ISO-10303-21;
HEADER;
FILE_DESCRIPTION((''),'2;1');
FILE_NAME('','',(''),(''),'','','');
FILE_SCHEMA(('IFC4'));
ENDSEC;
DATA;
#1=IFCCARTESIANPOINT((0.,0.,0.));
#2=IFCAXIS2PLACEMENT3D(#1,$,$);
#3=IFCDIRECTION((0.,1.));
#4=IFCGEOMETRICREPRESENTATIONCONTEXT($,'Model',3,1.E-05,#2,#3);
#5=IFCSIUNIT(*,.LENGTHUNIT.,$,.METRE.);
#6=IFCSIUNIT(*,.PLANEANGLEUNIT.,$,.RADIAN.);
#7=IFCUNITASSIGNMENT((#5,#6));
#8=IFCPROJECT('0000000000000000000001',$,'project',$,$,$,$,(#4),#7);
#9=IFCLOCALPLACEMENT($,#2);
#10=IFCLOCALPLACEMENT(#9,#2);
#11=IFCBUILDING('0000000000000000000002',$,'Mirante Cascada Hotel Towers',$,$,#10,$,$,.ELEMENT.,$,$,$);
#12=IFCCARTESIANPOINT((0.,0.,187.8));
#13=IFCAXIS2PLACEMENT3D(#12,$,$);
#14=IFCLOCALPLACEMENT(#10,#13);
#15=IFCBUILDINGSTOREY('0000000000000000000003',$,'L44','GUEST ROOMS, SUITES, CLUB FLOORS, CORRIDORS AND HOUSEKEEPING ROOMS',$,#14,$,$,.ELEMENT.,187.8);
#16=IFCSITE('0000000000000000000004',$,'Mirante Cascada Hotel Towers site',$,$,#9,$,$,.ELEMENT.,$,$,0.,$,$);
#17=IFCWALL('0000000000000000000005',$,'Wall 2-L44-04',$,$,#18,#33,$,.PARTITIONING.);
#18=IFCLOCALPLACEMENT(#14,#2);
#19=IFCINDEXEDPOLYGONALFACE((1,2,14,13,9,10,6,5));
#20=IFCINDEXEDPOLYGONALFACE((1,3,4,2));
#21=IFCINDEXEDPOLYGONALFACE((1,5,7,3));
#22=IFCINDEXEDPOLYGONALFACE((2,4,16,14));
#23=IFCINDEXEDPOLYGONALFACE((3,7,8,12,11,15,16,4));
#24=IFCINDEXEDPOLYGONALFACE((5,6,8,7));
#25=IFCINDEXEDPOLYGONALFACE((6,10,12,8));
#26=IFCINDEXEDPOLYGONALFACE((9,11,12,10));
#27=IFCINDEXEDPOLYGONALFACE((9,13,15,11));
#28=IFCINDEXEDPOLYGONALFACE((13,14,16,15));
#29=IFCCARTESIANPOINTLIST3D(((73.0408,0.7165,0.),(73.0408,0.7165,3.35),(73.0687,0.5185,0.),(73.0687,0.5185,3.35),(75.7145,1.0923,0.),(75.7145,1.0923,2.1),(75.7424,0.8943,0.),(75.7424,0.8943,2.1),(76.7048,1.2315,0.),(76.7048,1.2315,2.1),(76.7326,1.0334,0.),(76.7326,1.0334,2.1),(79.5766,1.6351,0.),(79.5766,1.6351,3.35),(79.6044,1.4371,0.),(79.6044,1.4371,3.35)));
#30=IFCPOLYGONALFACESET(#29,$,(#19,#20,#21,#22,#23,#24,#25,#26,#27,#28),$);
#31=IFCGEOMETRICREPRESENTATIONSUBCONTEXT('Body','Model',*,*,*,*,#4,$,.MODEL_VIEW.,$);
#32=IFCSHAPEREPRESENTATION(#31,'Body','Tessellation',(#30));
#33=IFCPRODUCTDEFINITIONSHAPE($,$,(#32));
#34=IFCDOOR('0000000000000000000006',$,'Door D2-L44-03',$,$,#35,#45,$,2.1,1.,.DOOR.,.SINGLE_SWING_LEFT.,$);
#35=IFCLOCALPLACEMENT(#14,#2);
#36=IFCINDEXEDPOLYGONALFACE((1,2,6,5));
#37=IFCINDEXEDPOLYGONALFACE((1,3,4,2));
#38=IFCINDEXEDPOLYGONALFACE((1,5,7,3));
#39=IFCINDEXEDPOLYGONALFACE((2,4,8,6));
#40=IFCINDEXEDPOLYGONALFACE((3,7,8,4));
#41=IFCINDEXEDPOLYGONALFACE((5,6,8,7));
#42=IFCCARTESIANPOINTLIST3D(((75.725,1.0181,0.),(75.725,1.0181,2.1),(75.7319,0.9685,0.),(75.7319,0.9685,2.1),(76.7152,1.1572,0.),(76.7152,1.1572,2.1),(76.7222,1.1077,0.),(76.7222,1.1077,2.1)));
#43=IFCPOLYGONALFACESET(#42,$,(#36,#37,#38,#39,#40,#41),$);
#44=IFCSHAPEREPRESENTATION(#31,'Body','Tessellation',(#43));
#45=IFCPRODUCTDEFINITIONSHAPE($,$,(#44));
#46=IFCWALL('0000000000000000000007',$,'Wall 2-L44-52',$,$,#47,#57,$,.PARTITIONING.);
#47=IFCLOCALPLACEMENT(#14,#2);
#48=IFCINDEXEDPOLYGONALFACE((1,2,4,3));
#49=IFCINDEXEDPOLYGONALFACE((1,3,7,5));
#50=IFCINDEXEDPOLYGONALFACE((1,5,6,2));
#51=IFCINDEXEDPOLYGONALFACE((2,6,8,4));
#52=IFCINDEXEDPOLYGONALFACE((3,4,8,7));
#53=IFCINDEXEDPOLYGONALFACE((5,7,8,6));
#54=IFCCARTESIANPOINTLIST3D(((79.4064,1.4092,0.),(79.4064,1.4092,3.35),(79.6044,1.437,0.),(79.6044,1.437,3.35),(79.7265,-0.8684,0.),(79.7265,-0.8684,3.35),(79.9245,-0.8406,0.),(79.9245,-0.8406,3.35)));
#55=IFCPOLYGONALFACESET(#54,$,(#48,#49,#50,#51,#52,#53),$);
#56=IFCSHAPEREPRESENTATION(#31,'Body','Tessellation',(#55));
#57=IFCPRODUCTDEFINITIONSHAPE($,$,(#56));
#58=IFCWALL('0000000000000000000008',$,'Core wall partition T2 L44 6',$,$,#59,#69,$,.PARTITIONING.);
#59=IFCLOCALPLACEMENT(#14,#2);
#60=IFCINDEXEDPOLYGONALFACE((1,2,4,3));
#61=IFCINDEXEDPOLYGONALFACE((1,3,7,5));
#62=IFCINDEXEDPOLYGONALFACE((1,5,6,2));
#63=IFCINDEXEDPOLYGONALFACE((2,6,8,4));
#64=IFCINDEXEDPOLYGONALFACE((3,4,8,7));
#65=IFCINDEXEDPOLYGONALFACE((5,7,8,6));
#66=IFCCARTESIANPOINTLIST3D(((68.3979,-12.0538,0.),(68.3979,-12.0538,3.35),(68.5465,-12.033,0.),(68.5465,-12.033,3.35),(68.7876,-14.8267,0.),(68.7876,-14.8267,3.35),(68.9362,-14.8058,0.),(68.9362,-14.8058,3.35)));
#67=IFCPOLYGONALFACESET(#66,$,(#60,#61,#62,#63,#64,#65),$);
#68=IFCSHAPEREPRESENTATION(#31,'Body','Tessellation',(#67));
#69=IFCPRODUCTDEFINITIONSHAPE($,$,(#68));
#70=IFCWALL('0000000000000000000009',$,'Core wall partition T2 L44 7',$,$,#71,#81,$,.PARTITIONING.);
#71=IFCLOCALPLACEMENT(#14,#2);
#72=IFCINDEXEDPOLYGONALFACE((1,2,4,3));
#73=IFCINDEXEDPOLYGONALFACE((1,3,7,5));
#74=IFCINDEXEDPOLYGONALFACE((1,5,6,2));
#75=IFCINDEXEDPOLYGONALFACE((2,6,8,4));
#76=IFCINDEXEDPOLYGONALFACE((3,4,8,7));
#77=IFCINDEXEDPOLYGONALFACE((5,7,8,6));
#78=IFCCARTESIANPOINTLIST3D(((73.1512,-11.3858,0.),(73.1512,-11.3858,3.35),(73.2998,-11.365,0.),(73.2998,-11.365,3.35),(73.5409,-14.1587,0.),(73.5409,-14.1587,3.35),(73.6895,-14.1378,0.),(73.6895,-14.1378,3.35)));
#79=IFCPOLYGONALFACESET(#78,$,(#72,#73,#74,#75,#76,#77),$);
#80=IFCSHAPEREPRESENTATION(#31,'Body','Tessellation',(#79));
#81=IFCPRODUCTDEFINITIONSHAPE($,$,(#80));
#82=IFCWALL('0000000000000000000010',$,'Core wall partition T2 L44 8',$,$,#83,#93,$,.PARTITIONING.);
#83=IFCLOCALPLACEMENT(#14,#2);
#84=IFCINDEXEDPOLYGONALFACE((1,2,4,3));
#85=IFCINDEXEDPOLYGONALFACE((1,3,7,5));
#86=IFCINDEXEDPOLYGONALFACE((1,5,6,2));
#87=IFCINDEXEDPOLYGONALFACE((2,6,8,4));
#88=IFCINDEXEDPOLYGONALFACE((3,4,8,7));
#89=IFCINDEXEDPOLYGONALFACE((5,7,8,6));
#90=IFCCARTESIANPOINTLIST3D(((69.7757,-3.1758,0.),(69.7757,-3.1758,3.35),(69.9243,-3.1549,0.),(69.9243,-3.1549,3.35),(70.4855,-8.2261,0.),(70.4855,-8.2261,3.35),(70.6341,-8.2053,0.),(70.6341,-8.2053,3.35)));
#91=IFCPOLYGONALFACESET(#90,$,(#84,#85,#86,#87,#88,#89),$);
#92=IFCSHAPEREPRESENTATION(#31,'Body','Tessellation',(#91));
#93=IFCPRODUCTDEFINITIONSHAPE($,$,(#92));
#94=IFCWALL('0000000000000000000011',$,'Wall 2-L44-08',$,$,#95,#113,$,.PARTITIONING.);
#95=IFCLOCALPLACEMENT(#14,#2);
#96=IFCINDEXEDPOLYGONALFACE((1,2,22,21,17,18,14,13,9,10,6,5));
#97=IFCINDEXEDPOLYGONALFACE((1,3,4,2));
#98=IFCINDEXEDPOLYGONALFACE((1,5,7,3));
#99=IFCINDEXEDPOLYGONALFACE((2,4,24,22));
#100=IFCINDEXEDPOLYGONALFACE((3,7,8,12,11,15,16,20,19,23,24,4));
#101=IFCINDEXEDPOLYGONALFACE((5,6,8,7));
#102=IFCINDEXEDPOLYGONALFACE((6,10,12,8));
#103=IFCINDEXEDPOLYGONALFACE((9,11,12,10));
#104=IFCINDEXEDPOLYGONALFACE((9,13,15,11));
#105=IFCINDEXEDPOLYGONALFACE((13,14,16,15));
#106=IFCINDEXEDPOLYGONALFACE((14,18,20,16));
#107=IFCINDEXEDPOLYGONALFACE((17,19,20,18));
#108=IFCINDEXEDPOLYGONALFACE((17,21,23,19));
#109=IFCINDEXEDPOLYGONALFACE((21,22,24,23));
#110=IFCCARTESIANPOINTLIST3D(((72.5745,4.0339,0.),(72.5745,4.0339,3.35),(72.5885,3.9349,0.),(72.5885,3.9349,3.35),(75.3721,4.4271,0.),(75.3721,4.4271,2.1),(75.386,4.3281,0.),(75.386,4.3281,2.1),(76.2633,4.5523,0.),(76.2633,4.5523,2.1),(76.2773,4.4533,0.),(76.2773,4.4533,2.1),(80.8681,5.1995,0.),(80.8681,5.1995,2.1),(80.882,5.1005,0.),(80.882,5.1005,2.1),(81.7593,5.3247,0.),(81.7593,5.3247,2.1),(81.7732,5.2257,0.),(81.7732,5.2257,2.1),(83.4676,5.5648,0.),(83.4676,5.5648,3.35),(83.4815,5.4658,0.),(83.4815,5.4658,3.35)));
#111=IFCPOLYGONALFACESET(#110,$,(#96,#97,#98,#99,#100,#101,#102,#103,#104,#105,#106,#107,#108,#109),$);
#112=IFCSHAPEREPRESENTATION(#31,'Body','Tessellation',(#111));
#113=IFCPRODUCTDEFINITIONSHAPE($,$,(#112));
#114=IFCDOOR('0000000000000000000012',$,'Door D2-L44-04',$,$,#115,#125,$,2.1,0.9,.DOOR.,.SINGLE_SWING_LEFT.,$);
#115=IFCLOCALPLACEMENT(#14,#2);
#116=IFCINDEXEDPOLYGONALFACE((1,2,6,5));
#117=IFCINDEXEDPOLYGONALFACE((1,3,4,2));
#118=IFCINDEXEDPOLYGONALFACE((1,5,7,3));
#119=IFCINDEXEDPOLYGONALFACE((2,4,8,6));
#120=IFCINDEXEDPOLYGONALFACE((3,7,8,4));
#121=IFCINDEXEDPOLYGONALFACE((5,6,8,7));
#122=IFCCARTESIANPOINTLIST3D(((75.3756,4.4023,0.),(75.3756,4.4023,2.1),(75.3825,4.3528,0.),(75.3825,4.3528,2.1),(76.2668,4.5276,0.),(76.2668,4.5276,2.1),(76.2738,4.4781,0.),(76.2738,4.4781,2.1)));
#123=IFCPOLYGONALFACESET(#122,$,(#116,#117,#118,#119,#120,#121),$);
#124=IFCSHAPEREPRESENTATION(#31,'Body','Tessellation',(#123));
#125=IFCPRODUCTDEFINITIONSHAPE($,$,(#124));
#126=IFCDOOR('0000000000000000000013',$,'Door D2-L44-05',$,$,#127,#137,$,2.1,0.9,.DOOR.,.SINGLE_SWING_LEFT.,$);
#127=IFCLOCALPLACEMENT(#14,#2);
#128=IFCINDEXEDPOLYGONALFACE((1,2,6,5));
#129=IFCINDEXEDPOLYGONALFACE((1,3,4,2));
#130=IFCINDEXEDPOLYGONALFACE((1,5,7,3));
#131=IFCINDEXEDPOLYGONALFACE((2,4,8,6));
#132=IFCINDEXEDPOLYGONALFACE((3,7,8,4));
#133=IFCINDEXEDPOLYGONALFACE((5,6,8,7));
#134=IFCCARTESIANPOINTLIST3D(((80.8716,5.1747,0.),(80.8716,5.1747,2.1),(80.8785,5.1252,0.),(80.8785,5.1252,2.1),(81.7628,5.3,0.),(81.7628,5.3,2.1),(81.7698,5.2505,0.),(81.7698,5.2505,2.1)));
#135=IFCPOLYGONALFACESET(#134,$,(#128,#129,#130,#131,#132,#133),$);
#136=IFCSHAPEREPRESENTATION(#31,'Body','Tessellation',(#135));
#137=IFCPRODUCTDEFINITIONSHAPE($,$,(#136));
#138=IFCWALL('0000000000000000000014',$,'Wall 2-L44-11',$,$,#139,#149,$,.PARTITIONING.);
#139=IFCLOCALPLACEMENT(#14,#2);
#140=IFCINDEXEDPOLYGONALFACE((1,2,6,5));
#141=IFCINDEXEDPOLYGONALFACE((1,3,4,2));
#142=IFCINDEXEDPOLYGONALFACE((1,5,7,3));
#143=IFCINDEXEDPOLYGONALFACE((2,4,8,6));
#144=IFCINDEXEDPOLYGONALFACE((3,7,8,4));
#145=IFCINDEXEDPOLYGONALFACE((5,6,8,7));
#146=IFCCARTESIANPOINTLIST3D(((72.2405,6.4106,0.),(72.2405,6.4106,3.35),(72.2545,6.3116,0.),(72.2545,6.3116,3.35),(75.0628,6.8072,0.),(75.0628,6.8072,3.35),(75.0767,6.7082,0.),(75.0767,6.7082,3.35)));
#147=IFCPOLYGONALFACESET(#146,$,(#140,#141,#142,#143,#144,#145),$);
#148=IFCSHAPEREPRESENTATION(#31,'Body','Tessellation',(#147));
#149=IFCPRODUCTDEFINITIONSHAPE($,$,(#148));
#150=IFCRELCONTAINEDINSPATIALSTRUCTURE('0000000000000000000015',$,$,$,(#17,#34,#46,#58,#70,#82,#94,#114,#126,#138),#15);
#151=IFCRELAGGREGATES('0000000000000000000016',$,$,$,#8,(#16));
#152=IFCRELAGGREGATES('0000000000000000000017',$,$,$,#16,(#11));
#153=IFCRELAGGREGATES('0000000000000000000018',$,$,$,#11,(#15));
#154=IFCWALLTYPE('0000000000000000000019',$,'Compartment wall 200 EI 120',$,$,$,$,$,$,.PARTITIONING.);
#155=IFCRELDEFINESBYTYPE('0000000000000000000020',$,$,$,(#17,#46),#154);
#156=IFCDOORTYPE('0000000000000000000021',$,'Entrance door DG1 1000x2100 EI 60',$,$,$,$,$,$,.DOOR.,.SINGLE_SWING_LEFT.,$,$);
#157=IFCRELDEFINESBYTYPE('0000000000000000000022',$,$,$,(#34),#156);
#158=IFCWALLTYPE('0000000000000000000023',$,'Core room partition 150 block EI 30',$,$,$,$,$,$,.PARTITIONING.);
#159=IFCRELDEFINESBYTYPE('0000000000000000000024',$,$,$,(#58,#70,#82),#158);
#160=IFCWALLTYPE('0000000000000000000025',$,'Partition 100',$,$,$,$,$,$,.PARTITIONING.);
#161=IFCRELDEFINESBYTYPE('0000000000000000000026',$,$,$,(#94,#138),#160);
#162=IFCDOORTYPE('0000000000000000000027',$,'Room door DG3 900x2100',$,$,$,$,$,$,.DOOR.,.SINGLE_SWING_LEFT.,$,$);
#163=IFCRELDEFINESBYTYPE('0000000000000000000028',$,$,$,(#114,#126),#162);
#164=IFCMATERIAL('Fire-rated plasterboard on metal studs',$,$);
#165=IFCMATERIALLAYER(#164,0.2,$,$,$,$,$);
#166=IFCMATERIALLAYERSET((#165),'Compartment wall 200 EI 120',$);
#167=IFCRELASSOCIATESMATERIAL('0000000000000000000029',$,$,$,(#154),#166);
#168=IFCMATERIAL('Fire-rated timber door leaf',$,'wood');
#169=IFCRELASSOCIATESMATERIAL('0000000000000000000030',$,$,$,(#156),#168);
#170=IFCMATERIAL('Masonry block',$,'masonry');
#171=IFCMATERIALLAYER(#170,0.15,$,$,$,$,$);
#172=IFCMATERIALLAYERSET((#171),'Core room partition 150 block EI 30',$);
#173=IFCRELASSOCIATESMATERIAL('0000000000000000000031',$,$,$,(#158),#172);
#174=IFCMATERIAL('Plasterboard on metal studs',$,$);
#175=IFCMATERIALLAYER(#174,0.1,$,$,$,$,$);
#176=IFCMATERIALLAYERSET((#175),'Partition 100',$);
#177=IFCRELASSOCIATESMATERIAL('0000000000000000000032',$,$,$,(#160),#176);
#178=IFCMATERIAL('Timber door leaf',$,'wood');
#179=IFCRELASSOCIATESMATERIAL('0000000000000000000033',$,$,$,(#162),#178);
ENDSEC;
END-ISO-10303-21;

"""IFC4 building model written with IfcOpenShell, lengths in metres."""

from ifc_helpers import new_model, si_unit, direction, frame, frame_2d, origin, place, context, subcontext, project, spatial, rectangle, extrude, material, layer, layer_set, type_object, element, fill, save


model = new_model("IFC4")

# Units and contexts
model_context = context("Model", 3, precision=1e-05, world=origin(), true_north=direction((0.0, 1.0)))
body_context = subcontext(model_context, "Body", "Model", "MODEL_VIEW")
ifc_project = project(units=[si_unit("LENGTHUNIT", "METRE"), si_unit("PLANEANGLEUNIT", "RADIAN")], contexts=[model_context])

# Site, building, storey
site_placement = place(None, origin())
site = spatial("IfcSite", under=ifc_project, at=site_placement, Name="Mirante Cascada Hotel Towers site", CompositionType="ELEMENT", RefElevation=0.0)
building_placement = place(site_placement, origin())
building = spatial("IfcBuilding", under=site, at=building_placement, Name="Mirante Cascada Hotel Towers", CompositionType="ELEMENT")
storey_placement = place(building_placement, frame((0.0, 0.0, 187.8)))
storey = spatial("IfcBuildingStorey", under=building, at=storey_placement, Name="L44", Description="GUEST ROOMS, SUITES, CLUB FLOORS, CORRIDORS AND HOUSEKEEPING ROOMS", CompositionType="ELEMENT", Elevation=187.8)

# Wall, opening, door
ifc_material_1 = material(Name="Fire-rated plasterboard on metal studs")
ifc_layer_1 = layer(ifc_material_1, 0.2)
ifc_layer_set_1 = layer_set([ifc_layer_1], Name="Compartment wall 200 EI 120")
wall_type_1 = type_object("IfcWallType", Name="Compartment wall 200 EI 120", PredefinedType="PARTITIONING", material=ifc_layer_set_1)
wall_1_placement = place(storey_placement, frame((79.5905, 1.5361, 0.0), z_axis=(0.0, 0.0, 1.0), x_axis=(-0.990267, -0.139181, 0.0)))
wall_1 = element("IfcWall", 1, at=wall_1_placement, inside=storey, type_object=wall_type_1, Name="Wall 2-L44-04", PredefinedType="PARTITIONING", context=body_context, shape_type="SweptSolid", body=[
    extrude(rectangle(XDim=6.6, YDim=0.2, at=frame_2d((3.3, 0.0))), origin(), (0.0, 0.0, 1.0), 3.35),
])
opening_1_placement = place(wall_1_placement, frame((2.9, 0.0, 0.0)))
opening_1 = element("IfcOpeningElement", 2, at=opening_1_placement, cuts=wall_1, PredefinedType="OPENING", context=body_context, shape_type="SweptSolid", body=[
    extrude(rectangle(XDim=1.0, YDim=2.1, at=frame_2d((0.5, 1.05))), frame((0.0, 0.1, 0.0), z_axis=(0.0, -1.0, 0.0), x_axis=(1.0, 0.0, 0.0)), (0.0, 0.0, 1.0), 0.2),
])
ifc_material_2 = material(Name="Fire-rated timber door leaf", Category="wood")
door_type_1 = type_object("IfcDoorType", Name="Entrance door DG1 1000x2100 EI 60", OperationType="SINGLE_SWING_LEFT", PredefinedType="DOOR", material=ifc_material_2)
door_1_placement = place(opening_1_placement, origin())
door_1 = element("IfcDoor", 3, at=door_1_placement, inside=storey, type_object=door_type_1, Name="Door D2-L44-03", OperationType="SINGLE_SWING_LEFT", OverallHeight=2.1, OverallWidth=1.0, PredefinedType="DOOR", context=body_context, shape_type="SweptSolid", body=[
    extrude(rectangle(XDim=1.0, YDim=2.1, at=frame_2d((0.5, 1.05))), frame((0.0, 0.025, 0.0), z_axis=(0.0, -1.0, 0.0), x_axis=(1.0, 0.0, 0.0)), (0.0, 0.0, 1.0), 0.05),
])
fill(opening_1, door_1)

# Walls
wall_2_placement = place(storey_placement, frame((79.5054, 1.4231, 0.0), z_axis=(0.0, 0.0, 1.0), x_axis=(0.139175, -0.990268, 0.0)))
element("IfcWall", 4, at=wall_2_placement, inside=storey, type_object=wall_type_1, Name="Wall 2-L44-52", PredefinedType="PARTITIONING", context=body_context, shape_type="SweptSolid", body=[
    extrude(rectangle(XDim=2.3, YDim=0.2, at=frame_2d((1.15, 0.0))), origin(), (0.0, 0.0, 1.0), 3.35),
])
ifc_material_3 = material(Name="Masonry block", Category="masonry")
ifc_layer_2 = layer(ifc_material_3, 0.15)
ifc_layer_set_2 = layer_set([ifc_layer_2], Name="Core room partition 150 block EI 30")
wall_type_2 = type_object("IfcWallType", Name="Core room partition 150 block EI 30", PredefinedType="PARTITIONING", material=ifc_layer_set_2)
for number, where, z_axis, x_axis, name in (
    (5, (68.8619, -14.8162, 0.0), (0.0, 0.0, 1.0), (-0.139176, 0.990268, 0.0), "Core wall partition T2 L44 6"),
    (6, (73.6152, -14.1482, 0.0), (0.0, 0.0, 1.0), (-0.139176, 0.990268, 0.0), "Core wall partition T2 L44 7"),
):
    element("IfcWall", number, at=place(storey_placement, frame(where, z_axis=z_axis, x_axis=x_axis)), inside=storey, type_object=wall_type_2, Name=name, PredefinedType="PARTITIONING", context=body_context, shape_type="SweptSolid", body=[
        extrude(rectangle(XDim=2.8001, YDim=0.15, at=frame_2d((1.4, 0.0))), origin(), (0.0, 0.0, 1.0), 3.35),
    ])
wall_3_placement = place(storey_placement, frame((70.5598, -8.2157, 0.0), z_axis=(0.0, 0.0, 1.0), x_axis=(-0.139176, 0.990268, 0.0)))
element("IfcWall", 7, at=wall_3_placement, inside=storey, type_object=wall_type_2, Name="Core wall partition T2 L44 8", PredefinedType="PARTITIONING", context=body_context, shape_type="SweptSolid", body=[
    extrude(rectangle(XDim=5.1, YDim=0.15, at=frame_2d((2.55, 0.0))), origin(), (0.0, 0.0, 1.0), 3.35),
])

# Wall, openings, doors
ifc_material_4 = material(Name="Plasterboard on metal studs")
ifc_layer_3 = layer(ifc_material_4, 0.1)
ifc_layer_set_3 = layer_set([ifc_layer_3], Name="Partition 100")
wall_type_3 = type_object("IfcWallType", Name="Partition 100", PredefinedType="PARTITIONING", material=ifc_layer_set_3)
wall_4_placement = place(storey_placement, frame((83.4745, 5.5153, 0.0), z_axis=(0.0, 0.0, 1.0), x_axis=(-0.990268, -0.139172, 0.0)))
wall_4 = element("IfcWall", 8, at=wall_4_placement, inside=storey, type_object=wall_type_3, Name="Wall 2-L44-08", PredefinedType="PARTITIONING", context=body_context, shape_type="SweptSolid", body=[
    extrude(rectangle(XDim=11.0001, YDim=0.1, at=frame_2d((5.5, 0.0))), origin(), (0.0, 0.0, 1.0), 3.35),
])
opening_2_placement = place(wall_4_placement, frame((7.275, 0.0, 0.0)))
opening_2 = element("IfcOpeningElement", 9, at=opening_2_placement, cuts=wall_4, PredefinedType="OPENING", context=body_context, shape_type="SweptSolid", body=[
    extrude(rectangle(XDim=0.9, YDim=2.1, at=frame_2d((0.45, 1.05))), frame((0.0, 0.05, 0.0), z_axis=(0.0, -1.0, 0.0), x_axis=(1.0, 0.0, 0.0)), (0.0, 0.0, 1.0), 0.1),
])
opening_3_placement = place(wall_4_placement, frame((1.725, 0.0, 0.0)))
opening_3 = element("IfcOpeningElement", 10, at=opening_3_placement, cuts=wall_4, PredefinedType="OPENING", context=body_context, shape_type="SweptSolid", body=[
    extrude(rectangle(XDim=0.9, YDim=2.1, at=frame_2d((0.45, 1.05))), frame((0.0, 0.05, 0.0), z_axis=(0.0, -1.0, 0.0), x_axis=(1.0, 0.0, 0.0)), (0.0, 0.0, 1.0), 0.1),
])
ifc_material_5 = material(Name="Timber door leaf", Category="wood")
door_type_2 = type_object("IfcDoorType", Name="Room door DG3 900x2100", OperationType="SINGLE_SWING_LEFT", PredefinedType="DOOR", material=ifc_material_5)
door_2_placement = place(opening_2_placement, origin())
door_2 = element("IfcDoor", 11, at=door_2_placement, inside=storey, type_object=door_type_2, Name="Door D2-L44-04", OperationType="SINGLE_SWING_LEFT", OverallHeight=2.1, OverallWidth=0.9, PredefinedType="DOOR", context=body_context, shape_type="SweptSolid", body=[
    extrude(rectangle(XDim=0.9, YDim=2.1, at=frame_2d((0.45, 1.05))), frame((0.0, 0.025, 0.0), z_axis=(0.0, -1.0, 0.0), x_axis=(1.0, 0.0, 0.0)), (0.0, 0.0, 1.0), 0.05),
])
fill(opening_2, door_2)
door_3_placement = place(opening_3_placement, origin())
door_3 = element("IfcDoor", 12, at=door_3_placement, inside=storey, type_object=door_type_2, Name="Door D2-L44-05", OperationType="SINGLE_SWING_LEFT", OverallHeight=2.1, OverallWidth=0.9, PredefinedType="DOOR", context=body_context, shape_type="SweptSolid", body=[
    extrude(rectangle(XDim=0.9, YDim=2.1, at=frame_2d((0.45, 1.05))), frame((0.0, 0.025, 0.0), z_axis=(0.0, -1.0, 0.0), x_axis=(1.0, 0.0, 0.0)), (0.0, 0.0, 1.0), 0.05),
])
fill(opening_3, door_3)

# Wall
wall_5_placement = place(storey_placement, frame((72.2475, 6.3611, 0.0), z_axis=(0.0, 0.0, 1.0), x_axis=(0.99027, 0.139156, 0.0)))
element("IfcWall", 13, at=wall_5_placement, inside=storey, type_object=wall_type_3, Name="Wall 2-L44-11", PredefinedType="PARTITIONING", context=body_context, shape_type="SweptSolid", body=[
    extrude(rectangle(XDim=2.85, YDim=0.1, at=frame_2d((1.425, 0.0))), origin(), (0.0, 0.0, 1.0), 3.35),
])

save(model, "model.ifc")
